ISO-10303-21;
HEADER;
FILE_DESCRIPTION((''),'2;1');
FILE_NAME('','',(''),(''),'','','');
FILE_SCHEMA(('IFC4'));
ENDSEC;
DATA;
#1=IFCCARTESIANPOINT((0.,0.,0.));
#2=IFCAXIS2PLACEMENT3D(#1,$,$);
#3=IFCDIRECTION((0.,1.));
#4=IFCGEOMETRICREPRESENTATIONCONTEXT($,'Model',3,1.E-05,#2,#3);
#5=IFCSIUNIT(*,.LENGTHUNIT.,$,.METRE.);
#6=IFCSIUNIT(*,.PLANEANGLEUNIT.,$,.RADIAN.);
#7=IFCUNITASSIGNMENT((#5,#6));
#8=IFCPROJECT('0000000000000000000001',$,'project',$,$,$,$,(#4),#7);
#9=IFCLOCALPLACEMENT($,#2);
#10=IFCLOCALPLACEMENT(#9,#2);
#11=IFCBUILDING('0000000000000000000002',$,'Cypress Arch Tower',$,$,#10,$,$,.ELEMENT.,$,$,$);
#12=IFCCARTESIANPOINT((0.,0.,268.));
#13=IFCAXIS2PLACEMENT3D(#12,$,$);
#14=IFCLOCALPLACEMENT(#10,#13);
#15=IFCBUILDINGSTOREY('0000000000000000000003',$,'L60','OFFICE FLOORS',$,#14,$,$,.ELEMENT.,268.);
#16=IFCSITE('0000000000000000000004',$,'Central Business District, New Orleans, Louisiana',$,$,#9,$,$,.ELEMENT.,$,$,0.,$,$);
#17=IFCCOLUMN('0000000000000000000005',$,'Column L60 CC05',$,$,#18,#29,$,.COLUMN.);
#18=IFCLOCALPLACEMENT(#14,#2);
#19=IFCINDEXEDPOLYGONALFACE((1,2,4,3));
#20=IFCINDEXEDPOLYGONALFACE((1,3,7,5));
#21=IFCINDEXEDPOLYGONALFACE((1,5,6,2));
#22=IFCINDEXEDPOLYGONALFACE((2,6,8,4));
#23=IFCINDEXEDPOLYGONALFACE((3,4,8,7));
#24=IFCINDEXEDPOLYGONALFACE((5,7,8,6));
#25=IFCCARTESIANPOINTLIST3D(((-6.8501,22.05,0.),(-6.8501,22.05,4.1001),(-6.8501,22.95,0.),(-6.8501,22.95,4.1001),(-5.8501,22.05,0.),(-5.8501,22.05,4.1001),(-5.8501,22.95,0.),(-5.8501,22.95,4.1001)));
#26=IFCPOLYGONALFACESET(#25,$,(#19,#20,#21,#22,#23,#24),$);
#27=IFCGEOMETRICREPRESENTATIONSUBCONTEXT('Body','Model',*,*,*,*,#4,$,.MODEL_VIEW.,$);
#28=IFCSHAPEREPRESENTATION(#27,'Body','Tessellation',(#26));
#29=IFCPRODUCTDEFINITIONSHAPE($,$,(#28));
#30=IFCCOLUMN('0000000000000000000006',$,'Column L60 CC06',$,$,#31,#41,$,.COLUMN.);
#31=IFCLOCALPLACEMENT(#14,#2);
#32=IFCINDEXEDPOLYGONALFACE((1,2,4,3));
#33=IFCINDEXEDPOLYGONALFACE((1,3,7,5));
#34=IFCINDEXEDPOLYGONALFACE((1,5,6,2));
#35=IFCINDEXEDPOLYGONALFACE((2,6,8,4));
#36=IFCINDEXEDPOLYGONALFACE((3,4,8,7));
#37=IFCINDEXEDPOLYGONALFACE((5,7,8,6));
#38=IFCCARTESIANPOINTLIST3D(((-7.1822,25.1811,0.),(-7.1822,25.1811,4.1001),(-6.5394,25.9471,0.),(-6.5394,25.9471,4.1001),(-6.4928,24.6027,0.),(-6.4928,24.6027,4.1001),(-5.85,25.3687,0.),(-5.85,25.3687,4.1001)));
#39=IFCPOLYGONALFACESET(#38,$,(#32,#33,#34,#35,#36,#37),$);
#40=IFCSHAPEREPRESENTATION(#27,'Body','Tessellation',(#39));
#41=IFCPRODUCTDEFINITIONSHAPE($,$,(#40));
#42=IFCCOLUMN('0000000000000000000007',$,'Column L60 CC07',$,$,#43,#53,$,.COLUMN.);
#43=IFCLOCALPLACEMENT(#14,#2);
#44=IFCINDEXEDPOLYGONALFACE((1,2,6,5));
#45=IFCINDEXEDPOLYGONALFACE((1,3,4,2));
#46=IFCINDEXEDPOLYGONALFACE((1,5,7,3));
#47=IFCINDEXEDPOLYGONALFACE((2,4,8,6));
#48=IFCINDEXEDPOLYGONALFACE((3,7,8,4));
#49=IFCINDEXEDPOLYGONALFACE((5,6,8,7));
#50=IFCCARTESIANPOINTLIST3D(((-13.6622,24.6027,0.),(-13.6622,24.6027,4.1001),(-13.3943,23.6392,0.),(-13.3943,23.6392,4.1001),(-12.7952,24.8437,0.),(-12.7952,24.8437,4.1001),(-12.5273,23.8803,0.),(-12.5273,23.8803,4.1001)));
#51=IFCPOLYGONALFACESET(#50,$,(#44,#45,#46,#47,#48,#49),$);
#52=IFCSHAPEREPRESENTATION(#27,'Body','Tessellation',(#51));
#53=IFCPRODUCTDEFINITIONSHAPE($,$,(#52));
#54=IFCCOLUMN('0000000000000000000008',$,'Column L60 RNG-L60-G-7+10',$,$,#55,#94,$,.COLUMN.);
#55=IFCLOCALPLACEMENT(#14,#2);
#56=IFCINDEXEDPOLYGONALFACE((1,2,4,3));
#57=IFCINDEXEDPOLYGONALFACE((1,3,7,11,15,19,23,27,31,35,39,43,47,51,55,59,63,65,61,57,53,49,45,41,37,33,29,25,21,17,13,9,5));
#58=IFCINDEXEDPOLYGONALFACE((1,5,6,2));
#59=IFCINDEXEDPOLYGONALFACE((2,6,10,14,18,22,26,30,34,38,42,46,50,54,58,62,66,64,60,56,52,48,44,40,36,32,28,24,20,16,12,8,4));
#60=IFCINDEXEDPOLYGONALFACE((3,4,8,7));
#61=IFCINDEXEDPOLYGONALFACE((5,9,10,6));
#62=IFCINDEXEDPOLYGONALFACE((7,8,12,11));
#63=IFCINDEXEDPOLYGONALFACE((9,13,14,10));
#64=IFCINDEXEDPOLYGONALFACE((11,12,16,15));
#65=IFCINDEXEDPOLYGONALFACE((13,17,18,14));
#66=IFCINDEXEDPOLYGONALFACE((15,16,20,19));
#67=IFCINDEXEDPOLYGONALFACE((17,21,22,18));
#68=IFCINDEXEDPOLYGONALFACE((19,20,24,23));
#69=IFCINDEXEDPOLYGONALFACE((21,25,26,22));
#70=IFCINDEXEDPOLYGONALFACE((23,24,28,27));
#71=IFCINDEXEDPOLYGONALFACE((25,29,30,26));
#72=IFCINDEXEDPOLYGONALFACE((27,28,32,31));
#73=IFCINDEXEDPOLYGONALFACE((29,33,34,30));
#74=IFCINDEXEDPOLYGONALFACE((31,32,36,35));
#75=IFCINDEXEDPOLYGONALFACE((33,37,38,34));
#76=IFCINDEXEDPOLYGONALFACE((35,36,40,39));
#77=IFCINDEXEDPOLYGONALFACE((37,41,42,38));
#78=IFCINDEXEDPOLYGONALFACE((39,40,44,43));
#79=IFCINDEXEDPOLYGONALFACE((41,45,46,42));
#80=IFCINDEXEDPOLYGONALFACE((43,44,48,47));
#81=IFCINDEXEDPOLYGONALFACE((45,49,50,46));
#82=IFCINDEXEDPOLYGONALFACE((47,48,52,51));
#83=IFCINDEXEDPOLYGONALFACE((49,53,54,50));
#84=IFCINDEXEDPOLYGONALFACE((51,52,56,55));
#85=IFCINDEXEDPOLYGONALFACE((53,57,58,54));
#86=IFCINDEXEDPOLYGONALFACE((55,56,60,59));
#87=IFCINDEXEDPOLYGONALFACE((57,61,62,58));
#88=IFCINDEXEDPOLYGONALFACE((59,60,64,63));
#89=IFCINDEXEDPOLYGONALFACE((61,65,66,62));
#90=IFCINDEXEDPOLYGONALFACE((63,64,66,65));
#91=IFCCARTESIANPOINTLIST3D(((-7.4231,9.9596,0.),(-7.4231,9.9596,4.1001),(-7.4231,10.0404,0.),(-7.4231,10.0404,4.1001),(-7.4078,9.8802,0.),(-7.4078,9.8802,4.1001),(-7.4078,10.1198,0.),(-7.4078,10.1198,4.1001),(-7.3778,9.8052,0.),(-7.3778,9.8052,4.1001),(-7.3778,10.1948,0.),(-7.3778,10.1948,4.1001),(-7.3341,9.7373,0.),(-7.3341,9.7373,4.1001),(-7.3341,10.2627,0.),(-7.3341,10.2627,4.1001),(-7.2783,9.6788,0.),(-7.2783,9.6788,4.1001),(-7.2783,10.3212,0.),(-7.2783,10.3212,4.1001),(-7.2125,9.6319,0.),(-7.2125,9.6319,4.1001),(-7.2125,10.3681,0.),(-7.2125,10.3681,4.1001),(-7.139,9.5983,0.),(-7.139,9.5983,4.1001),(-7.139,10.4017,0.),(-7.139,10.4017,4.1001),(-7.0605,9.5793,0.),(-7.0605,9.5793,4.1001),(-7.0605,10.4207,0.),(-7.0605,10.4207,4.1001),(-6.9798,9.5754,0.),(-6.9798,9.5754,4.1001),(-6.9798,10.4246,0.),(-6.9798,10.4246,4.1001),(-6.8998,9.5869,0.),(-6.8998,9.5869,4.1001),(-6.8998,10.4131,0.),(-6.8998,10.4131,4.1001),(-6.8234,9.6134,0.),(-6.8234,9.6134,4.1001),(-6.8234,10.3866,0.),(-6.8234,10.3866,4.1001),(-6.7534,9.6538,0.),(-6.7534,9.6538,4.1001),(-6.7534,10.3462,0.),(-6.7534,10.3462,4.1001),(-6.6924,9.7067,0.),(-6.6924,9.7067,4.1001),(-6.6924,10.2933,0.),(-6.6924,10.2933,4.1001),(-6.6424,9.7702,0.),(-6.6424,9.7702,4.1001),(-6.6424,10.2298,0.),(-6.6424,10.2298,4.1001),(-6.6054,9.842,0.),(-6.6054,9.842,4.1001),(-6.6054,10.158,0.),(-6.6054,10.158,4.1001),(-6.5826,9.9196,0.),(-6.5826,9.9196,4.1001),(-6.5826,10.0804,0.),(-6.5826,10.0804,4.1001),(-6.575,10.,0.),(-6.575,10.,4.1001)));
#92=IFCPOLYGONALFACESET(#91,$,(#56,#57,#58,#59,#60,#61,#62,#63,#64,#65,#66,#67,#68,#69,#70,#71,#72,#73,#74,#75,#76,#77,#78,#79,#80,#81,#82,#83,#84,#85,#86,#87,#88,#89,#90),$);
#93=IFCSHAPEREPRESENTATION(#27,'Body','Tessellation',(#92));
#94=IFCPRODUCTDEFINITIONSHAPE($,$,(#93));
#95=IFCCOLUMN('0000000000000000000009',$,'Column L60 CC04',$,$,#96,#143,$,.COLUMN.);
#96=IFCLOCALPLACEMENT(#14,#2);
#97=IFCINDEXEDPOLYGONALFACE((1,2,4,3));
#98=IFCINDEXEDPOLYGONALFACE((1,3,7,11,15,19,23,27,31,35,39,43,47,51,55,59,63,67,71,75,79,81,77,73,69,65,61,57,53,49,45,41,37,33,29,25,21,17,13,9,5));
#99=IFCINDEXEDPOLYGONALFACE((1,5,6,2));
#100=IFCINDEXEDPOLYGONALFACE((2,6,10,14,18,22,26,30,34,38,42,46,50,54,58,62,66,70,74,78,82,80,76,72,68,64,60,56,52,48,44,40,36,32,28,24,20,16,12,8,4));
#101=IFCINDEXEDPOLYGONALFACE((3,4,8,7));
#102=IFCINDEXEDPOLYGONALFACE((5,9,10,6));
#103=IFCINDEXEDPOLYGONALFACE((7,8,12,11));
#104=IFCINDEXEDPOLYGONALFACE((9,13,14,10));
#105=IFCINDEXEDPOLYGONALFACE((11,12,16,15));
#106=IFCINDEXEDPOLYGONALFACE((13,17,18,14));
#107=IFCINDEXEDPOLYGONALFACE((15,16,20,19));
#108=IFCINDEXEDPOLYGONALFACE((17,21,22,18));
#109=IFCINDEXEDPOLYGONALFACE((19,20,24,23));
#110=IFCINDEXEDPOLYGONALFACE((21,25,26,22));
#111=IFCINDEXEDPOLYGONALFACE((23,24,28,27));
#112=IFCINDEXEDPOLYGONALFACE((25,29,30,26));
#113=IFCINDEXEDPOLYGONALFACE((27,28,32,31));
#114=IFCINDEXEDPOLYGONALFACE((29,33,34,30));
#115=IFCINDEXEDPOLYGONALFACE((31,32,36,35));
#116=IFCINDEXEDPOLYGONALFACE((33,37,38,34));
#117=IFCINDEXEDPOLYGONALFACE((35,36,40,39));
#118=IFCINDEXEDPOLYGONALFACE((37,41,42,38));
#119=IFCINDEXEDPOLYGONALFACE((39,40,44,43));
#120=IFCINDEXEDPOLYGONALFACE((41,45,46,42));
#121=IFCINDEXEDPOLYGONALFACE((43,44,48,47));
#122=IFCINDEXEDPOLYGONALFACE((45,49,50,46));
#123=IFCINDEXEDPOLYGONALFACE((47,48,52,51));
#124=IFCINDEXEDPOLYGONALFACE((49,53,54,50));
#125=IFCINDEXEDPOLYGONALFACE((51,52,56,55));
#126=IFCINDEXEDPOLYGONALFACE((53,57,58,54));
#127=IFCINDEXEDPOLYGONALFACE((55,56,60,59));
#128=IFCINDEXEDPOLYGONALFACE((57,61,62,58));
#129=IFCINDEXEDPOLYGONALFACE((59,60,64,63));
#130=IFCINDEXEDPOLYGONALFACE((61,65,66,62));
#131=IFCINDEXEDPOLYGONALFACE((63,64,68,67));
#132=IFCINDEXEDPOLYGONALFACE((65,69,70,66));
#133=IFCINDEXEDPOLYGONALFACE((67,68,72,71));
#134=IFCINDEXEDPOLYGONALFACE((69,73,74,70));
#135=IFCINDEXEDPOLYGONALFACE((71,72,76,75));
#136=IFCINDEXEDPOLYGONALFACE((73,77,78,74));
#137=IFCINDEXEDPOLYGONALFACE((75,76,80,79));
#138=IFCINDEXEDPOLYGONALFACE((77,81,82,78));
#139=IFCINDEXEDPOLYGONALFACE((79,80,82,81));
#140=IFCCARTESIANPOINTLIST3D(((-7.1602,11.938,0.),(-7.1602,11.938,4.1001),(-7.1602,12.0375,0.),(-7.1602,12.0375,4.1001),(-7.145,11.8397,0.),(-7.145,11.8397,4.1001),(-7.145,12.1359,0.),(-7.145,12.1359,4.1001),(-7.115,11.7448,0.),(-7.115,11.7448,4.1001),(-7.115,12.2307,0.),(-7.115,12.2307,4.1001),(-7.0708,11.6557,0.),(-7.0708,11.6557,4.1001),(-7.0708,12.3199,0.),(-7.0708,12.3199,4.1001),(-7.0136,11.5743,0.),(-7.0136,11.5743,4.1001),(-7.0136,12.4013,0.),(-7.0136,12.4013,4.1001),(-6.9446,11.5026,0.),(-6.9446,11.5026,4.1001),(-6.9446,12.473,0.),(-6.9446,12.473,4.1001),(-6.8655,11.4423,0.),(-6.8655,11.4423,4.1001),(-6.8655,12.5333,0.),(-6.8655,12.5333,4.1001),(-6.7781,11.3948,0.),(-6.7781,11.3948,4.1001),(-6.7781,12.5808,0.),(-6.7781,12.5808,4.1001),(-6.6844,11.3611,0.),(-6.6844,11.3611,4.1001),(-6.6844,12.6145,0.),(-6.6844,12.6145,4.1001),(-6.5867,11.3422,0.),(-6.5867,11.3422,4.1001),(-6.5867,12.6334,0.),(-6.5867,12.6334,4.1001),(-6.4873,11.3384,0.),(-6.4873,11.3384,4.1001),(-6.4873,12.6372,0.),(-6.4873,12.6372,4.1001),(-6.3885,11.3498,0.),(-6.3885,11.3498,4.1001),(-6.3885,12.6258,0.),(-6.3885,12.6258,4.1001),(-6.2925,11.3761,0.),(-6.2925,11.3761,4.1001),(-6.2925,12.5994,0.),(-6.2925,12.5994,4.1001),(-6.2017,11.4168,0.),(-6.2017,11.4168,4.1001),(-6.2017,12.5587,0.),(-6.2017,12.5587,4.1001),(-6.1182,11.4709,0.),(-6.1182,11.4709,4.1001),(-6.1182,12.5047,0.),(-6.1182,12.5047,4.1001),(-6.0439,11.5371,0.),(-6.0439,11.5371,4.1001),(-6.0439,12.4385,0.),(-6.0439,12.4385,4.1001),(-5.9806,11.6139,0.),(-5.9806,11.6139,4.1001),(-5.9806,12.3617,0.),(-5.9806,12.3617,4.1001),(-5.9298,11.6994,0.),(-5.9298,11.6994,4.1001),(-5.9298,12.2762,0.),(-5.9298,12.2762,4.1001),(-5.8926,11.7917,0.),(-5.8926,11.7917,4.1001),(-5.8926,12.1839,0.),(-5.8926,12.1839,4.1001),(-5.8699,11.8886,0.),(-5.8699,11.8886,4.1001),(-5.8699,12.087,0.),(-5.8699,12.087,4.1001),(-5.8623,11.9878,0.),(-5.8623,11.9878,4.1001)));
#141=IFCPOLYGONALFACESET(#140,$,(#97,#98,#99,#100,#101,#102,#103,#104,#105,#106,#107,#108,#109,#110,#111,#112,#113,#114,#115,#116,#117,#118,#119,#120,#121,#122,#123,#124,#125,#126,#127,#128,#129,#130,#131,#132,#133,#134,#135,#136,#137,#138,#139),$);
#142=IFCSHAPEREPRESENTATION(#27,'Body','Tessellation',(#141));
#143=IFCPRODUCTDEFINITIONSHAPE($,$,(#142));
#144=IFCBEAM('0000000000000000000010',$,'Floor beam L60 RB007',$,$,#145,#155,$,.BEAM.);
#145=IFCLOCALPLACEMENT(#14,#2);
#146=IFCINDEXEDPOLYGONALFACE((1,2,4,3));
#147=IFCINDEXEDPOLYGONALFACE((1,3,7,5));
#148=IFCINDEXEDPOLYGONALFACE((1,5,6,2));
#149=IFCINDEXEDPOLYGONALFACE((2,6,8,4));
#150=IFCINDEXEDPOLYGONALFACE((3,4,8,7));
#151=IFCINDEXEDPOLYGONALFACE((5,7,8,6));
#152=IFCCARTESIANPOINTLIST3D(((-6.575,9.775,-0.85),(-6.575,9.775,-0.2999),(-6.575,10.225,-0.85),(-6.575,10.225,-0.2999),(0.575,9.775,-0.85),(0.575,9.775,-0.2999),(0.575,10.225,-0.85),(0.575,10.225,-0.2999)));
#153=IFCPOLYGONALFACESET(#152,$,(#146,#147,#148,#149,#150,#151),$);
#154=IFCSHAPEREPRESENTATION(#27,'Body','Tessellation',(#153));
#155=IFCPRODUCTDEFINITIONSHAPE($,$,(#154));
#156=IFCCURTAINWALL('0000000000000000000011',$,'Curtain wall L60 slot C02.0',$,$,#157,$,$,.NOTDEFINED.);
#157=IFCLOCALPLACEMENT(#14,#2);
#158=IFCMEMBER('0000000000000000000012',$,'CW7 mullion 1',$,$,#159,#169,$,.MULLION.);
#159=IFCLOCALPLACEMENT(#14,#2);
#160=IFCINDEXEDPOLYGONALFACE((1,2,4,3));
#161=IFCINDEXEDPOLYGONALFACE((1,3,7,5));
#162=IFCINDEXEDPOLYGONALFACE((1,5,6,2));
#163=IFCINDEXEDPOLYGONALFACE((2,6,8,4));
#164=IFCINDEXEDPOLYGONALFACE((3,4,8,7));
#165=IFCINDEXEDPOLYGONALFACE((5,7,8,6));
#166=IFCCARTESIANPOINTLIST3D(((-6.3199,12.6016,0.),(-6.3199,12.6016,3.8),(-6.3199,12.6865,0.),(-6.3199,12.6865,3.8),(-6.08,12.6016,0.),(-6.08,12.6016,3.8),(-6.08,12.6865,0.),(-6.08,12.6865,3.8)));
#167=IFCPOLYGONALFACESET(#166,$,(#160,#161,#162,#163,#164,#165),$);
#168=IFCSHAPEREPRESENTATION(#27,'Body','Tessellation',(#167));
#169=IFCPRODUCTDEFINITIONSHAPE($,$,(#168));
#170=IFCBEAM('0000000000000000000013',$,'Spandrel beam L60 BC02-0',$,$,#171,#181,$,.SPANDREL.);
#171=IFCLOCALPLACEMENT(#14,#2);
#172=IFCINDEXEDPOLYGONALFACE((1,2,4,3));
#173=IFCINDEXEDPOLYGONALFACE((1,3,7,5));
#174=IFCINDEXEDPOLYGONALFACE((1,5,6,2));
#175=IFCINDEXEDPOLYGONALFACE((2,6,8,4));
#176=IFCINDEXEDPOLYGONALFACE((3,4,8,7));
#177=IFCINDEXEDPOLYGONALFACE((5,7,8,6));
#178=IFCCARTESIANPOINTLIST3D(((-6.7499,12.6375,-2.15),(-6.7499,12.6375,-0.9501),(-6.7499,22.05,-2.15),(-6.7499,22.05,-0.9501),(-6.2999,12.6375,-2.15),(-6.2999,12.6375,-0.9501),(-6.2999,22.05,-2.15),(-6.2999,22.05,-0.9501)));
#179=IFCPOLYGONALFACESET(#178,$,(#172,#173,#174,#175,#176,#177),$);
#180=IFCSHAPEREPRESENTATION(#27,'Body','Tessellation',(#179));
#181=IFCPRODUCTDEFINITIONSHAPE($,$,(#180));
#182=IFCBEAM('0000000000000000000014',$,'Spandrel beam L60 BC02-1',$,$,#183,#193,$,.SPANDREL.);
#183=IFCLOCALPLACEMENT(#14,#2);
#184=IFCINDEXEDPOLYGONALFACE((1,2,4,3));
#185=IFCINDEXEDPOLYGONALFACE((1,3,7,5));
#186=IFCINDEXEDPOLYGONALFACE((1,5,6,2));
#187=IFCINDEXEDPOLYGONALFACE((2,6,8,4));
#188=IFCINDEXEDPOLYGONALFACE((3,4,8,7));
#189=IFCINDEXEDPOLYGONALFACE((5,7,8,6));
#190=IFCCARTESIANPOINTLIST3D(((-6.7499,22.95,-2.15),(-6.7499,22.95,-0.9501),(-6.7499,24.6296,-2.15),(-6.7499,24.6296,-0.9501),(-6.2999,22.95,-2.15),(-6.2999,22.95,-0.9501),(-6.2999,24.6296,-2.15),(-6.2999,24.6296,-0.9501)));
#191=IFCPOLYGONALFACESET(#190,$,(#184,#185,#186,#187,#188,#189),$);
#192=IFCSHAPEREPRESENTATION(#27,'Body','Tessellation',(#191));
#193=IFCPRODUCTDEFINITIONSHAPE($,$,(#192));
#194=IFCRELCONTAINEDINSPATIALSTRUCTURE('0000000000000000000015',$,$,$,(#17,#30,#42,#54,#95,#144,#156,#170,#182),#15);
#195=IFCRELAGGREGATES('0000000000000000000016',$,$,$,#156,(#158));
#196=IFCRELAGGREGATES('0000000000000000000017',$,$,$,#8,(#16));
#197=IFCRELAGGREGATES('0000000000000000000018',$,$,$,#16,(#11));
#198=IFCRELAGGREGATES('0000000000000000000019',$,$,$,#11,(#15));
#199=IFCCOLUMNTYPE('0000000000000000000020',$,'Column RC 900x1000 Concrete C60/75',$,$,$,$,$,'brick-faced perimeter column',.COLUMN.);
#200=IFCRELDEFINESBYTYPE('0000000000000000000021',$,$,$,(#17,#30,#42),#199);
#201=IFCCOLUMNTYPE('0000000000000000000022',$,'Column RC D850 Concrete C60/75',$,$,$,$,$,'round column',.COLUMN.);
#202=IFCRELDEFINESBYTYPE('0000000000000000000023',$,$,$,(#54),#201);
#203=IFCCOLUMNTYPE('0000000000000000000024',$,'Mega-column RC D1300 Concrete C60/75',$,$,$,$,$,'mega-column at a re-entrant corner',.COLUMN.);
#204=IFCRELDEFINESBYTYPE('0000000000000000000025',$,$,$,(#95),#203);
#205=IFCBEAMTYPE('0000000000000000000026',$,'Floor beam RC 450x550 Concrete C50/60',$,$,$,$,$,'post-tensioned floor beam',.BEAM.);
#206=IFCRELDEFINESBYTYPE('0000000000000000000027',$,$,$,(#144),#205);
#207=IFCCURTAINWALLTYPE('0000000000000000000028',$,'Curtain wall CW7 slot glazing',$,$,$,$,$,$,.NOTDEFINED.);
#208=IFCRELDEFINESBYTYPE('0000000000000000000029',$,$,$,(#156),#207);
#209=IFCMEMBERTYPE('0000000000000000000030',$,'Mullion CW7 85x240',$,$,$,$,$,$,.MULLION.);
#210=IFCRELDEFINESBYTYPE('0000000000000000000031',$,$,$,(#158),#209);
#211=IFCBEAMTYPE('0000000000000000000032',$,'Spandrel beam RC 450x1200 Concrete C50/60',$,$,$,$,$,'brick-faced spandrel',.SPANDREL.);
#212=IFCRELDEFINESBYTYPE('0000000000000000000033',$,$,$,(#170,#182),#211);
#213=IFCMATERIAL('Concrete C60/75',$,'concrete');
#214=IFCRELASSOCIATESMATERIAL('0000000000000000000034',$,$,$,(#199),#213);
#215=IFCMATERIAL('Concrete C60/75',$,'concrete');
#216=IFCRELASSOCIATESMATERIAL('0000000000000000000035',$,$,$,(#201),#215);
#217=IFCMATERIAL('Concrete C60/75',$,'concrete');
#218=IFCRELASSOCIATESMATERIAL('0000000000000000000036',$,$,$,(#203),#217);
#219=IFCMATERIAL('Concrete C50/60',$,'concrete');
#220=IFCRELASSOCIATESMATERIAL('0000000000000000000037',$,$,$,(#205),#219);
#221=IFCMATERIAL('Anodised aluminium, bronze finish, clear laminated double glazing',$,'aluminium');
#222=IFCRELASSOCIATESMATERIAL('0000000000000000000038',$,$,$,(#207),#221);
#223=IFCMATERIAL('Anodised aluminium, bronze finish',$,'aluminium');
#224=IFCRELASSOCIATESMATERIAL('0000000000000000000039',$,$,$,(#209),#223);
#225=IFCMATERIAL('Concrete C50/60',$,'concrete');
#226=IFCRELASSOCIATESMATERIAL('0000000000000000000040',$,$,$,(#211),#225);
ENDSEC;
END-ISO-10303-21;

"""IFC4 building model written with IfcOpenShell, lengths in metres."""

from ifc_helpers import new_model, si_unit, direction, frame, origin, origin_2d, place, context, subcontext, project, spatial, rectangle, circle, extrude, material, material_profile, profile_set, type_object, element, aggregate, save


model = new_model("IFC4")

# Units and contexts
model_context = context("Model", 3, precision=1e-05, world=origin(), true_north=direction((0.0, 1.0)))
body_context = subcontext(model_context, "Body", "Model", "MODEL_VIEW")
ifc_project = project(units=[si_unit("LENGTHUNIT", "METRE"), si_unit("PLANEANGLEUNIT", "RADIAN")], contexts=[model_context])

# Site, building, storey
site_placement = place(None, origin())
site = spatial("IfcSite", under=ifc_project, at=site_placement, Name="Central Business District, New Orleans, Louisiana", CompositionType="ELEMENT", RefElevation=0.0)
building_placement = place(site_placement, origin())
building = spatial("IfcBuilding", under=site, at=building_placement, Name="Cypress Arch Tower", CompositionType="ELEMENT")
storey_placement = place(building_placement, frame((0.0, 0.0, 268.0)))
storey = spatial("IfcBuildingStorey", under=building, at=storey_placement, Name="L60", Description="OFFICE FLOORS", CompositionType="ELEMENT", Elevation=268.0)

# Columns
ifc_material_1 = material(Name="Concrete C60/75", Category="concrete")
ifc_material_profile_1 = material_profile(ifc_material_1, rectangle(XDim=0.8999, YDim=1.0, at=origin_2d()), Name="RC 900x1000")
ifc_profile_set_1 = profile_set([ifc_material_profile_1], Name="Concrete C60/75")
column_type_1 = type_object("IfcColumnType", Name="Column RC 900x1000 Concrete C60/75", ElementType="brick-faced perimeter column", PredefinedType="COLUMN", material=ifc_profile_set_1)
for number, where, z_axis, x_axis, name in (
    (1, (-6.3501, 22.5, 0.0), (0.0, 0.0, 1.0), (0.0, 1.0, 0.0), "Column L60 CC05"),
    (2, (-6.5161, 25.2749, 0.0), (0.0, 0.0, 1.0), (-0.766064, 0.642765, 0.0), "Column L60 CC06"),
    (3, (-13.0947, 24.2415, 0.0), (0.0, 0.0, 1.0), (-0.963456, -0.267868, 0.0), "Column L60 CC07"),
):
    element("IfcColumn", number, at=place(storey_placement, frame(where, z_axis=z_axis, x_axis=x_axis)), inside=storey, type_object=column_type_1, Name=name, PredefinedType="COLUMN", context=body_context, shape_type="SweptSolid", body=[
        extrude(rectangle(XDim=0.8999, YDim=1.0, at=origin_2d()), origin(), (0.0, 0.0, 1.0), 4.1001),
    ])
ifc_material_2 = material(Name="Concrete C60/75", Category="concrete")
ifc_material_profile_2 = material_profile(ifc_material_2, circle(Radius=0.425, at=origin_2d()), Name="RC D850")
ifc_profile_set_2 = profile_set([ifc_material_profile_2], Name="Concrete C60/75")
column_type_2 = type_object("IfcColumnType", Name="Column RC D850 Concrete C60/75", ElementType="round column", PredefinedType="COLUMN", material=ifc_profile_set_2)
column_1_placement = place(storey_placement, frame((-7.0, 10.0, 0.0), z_axis=(0.0, 0.0, 1.0), x_axis=(1.0, 0.0, 0.0)))
element("IfcColumn", 4, at=column_1_placement, inside=storey, type_object=column_type_2, Name="Column L60 RNG-L60-G-7+10", PredefinedType="COLUMN", context=body_context, shape_type="SweptSolid", body=[
    extrude(circle(Radius=0.425, at=origin_2d()), origin(), (0.0, 0.0, 1.0), 4.1001),
])
ifc_material_3 = material(Name="Concrete C60/75", Category="concrete")
ifc_material_profile_3 = material_profile(ifc_material_3, circle(Radius=0.6499, at=origin_2d()), Name="RC D1300")
ifc_profile_set_3 = profile_set([ifc_material_profile_3], Name="Concrete C60/75")
column_type_3 = type_object("IfcColumnType", Name="Mega-column RC D1300 Concrete C60/75", ElementType="mega-column at a re-entrant corner", PredefinedType="COLUMN", material=ifc_profile_set_3)
column_2_placement = place(storey_placement, frame((-6.5122, 11.9878, 0.0), z_axis=(0.0, 0.0, 1.0), x_axis=(1.0, 0.0, 0.0)))
element("IfcColumn", 5, at=column_2_placement, inside=storey, type_object=column_type_3, Name="Column L60 CC04", PredefinedType="COLUMN", context=body_context, shape_type="SweptSolid", body=[
    extrude(circle(Radius=0.6499, at=origin_2d()), origin(), (0.0, 0.0, 1.0), 4.1001),
])

# Beam
ifc_material_4 = material(Name="Concrete C50/60", Category="concrete")
ifc_material_profile_4 = material_profile(ifc_material_4, rectangle(XDim=0.45, YDim=0.55, at=origin_2d()), Name="RC 450x550")
ifc_profile_set_4 = profile_set([ifc_material_profile_4], Name="Concrete C50/60")
beam_type_1 = type_object("IfcBeamType", Name="Floor beam RC 450x550 Concrete C50/60", ElementType="post-tensioned floor beam", PredefinedType="BEAM", material=ifc_profile_set_4)
beam_1_placement = place(storey_placement, frame((-6.575, 10.0, -0.575), z_axis=(1.0, 0.0, 0.0), x_axis=(0.0, 1.0, 0.0)))
element("IfcBeam", 6, at=beam_1_placement, inside=storey, type_object=beam_type_1, Name="Floor beam L60 RB007", PredefinedType="BEAM", context=body_context, shape_type="SweptSolid", body=[
    extrude(rectangle(XDim=0.45, YDim=0.55, at=origin_2d()), origin(), (0.0, 0.0, 1.0), 7.1499),
])

# Curtain wall, member
ifc_material_5 = material(Name="Anodised aluminium, bronze finish, clear laminated double glazing", Category="aluminium")
curtain_wall_type = type_object("IfcCurtainWallType", Name="Curtain wall CW7 slot glazing", PredefinedType="NOTDEFINED", material=ifc_material_5)
curtain_wall_placement = place(storey_placement, origin())
curtain_wall = element("IfcCurtainWall", 7, at=curtain_wall_placement, inside=storey, type_object=curtain_wall_type, Name="Curtain wall L60 slot C02.0", PredefinedType="NOTDEFINED")
ifc_material_6 = material(Name="Anodised aluminium, bronze finish", Category="aluminium")
ifc_material_profile_5 = material_profile(ifc_material_6, rectangle(XDim=0.24, YDim=0.085, at=origin_2d()), Name="Mullion 85x240")
ifc_profile_set_5 = profile_set([ifc_material_profile_5], Name="Anodised aluminium, bronze finish")
member_type_1 = type_object("IfcMemberType", Name="Mullion CW7 85x240", PredefinedType="MULLION", material=ifc_profile_set_5)
member_1_placement = place(storey_placement, frame((-6.2, 12.644, 0.0), z_axis=(0.0, 0.0, 1.0), x_axis=(-1.0, 0.0, 0.0)))
member_1 = element("IfcMember", 8, at=member_1_placement, type_object=member_type_1, Name="CW7 mullion 1", PredefinedType="MULLION", context=body_context, shape_type="SweptSolid", body=[
    extrude(rectangle(XDim=0.24, YDim=0.085, at=origin_2d()), origin(), (0.0, 0.0, 1.0), 3.8),
])

# Beams
ifc_material_7 = material(Name="Concrete C50/60", Category="concrete")
ifc_material_profile_6 = material_profile(ifc_material_7, rectangle(XDim=0.45, YDim=1.2, at=origin_2d()), Name="RC 450x1200")
ifc_profile_set_6 = profile_set([ifc_material_profile_6], Name="Concrete C50/60")
beam_type_2 = type_object("IfcBeamType", Name="Spandrel beam RC 450x1200 Concrete C50/60", ElementType="brick-faced spandrel", PredefinedType="SPANDREL", material=ifc_profile_set_6)
beam_2_placement = place(storey_placement, frame((-6.5249, 12.6375, -1.55), z_axis=(0.0, 1.0, 0.0), x_axis=(-1.0, 0.0, 0.0)))
element("IfcBeam", 9, at=beam_2_placement, inside=storey, type_object=beam_type_2, Name="Spandrel beam L60 BC02-0", PredefinedType="SPANDREL", context=body_context, shape_type="SweptSolid", body=[
    extrude(rectangle(XDim=0.45, YDim=1.2, at=origin_2d()), origin(), (0.0, 0.0, 1.0), 9.4126),
])
beam_3_placement = place(storey_placement, frame((-6.5249, 22.95, -1.55), z_axis=(0.0, 1.0, 0.0), x_axis=(-1.0, 0.0, 0.0)))
element("IfcBeam", 10, at=beam_3_placement, inside=storey, type_object=beam_type_2, Name="Spandrel beam L60 BC02-1", PredefinedType="SPANDREL", context=body_context, shape_type="SweptSolid", body=[
    extrude(rectangle(XDim=0.45, YDim=1.2, at=origin_2d()), origin(), (0.0, 0.0, 1.0), 1.6797),
])

aggregate(curtain_wall, [member_1])

save(model, "model.ifc")
